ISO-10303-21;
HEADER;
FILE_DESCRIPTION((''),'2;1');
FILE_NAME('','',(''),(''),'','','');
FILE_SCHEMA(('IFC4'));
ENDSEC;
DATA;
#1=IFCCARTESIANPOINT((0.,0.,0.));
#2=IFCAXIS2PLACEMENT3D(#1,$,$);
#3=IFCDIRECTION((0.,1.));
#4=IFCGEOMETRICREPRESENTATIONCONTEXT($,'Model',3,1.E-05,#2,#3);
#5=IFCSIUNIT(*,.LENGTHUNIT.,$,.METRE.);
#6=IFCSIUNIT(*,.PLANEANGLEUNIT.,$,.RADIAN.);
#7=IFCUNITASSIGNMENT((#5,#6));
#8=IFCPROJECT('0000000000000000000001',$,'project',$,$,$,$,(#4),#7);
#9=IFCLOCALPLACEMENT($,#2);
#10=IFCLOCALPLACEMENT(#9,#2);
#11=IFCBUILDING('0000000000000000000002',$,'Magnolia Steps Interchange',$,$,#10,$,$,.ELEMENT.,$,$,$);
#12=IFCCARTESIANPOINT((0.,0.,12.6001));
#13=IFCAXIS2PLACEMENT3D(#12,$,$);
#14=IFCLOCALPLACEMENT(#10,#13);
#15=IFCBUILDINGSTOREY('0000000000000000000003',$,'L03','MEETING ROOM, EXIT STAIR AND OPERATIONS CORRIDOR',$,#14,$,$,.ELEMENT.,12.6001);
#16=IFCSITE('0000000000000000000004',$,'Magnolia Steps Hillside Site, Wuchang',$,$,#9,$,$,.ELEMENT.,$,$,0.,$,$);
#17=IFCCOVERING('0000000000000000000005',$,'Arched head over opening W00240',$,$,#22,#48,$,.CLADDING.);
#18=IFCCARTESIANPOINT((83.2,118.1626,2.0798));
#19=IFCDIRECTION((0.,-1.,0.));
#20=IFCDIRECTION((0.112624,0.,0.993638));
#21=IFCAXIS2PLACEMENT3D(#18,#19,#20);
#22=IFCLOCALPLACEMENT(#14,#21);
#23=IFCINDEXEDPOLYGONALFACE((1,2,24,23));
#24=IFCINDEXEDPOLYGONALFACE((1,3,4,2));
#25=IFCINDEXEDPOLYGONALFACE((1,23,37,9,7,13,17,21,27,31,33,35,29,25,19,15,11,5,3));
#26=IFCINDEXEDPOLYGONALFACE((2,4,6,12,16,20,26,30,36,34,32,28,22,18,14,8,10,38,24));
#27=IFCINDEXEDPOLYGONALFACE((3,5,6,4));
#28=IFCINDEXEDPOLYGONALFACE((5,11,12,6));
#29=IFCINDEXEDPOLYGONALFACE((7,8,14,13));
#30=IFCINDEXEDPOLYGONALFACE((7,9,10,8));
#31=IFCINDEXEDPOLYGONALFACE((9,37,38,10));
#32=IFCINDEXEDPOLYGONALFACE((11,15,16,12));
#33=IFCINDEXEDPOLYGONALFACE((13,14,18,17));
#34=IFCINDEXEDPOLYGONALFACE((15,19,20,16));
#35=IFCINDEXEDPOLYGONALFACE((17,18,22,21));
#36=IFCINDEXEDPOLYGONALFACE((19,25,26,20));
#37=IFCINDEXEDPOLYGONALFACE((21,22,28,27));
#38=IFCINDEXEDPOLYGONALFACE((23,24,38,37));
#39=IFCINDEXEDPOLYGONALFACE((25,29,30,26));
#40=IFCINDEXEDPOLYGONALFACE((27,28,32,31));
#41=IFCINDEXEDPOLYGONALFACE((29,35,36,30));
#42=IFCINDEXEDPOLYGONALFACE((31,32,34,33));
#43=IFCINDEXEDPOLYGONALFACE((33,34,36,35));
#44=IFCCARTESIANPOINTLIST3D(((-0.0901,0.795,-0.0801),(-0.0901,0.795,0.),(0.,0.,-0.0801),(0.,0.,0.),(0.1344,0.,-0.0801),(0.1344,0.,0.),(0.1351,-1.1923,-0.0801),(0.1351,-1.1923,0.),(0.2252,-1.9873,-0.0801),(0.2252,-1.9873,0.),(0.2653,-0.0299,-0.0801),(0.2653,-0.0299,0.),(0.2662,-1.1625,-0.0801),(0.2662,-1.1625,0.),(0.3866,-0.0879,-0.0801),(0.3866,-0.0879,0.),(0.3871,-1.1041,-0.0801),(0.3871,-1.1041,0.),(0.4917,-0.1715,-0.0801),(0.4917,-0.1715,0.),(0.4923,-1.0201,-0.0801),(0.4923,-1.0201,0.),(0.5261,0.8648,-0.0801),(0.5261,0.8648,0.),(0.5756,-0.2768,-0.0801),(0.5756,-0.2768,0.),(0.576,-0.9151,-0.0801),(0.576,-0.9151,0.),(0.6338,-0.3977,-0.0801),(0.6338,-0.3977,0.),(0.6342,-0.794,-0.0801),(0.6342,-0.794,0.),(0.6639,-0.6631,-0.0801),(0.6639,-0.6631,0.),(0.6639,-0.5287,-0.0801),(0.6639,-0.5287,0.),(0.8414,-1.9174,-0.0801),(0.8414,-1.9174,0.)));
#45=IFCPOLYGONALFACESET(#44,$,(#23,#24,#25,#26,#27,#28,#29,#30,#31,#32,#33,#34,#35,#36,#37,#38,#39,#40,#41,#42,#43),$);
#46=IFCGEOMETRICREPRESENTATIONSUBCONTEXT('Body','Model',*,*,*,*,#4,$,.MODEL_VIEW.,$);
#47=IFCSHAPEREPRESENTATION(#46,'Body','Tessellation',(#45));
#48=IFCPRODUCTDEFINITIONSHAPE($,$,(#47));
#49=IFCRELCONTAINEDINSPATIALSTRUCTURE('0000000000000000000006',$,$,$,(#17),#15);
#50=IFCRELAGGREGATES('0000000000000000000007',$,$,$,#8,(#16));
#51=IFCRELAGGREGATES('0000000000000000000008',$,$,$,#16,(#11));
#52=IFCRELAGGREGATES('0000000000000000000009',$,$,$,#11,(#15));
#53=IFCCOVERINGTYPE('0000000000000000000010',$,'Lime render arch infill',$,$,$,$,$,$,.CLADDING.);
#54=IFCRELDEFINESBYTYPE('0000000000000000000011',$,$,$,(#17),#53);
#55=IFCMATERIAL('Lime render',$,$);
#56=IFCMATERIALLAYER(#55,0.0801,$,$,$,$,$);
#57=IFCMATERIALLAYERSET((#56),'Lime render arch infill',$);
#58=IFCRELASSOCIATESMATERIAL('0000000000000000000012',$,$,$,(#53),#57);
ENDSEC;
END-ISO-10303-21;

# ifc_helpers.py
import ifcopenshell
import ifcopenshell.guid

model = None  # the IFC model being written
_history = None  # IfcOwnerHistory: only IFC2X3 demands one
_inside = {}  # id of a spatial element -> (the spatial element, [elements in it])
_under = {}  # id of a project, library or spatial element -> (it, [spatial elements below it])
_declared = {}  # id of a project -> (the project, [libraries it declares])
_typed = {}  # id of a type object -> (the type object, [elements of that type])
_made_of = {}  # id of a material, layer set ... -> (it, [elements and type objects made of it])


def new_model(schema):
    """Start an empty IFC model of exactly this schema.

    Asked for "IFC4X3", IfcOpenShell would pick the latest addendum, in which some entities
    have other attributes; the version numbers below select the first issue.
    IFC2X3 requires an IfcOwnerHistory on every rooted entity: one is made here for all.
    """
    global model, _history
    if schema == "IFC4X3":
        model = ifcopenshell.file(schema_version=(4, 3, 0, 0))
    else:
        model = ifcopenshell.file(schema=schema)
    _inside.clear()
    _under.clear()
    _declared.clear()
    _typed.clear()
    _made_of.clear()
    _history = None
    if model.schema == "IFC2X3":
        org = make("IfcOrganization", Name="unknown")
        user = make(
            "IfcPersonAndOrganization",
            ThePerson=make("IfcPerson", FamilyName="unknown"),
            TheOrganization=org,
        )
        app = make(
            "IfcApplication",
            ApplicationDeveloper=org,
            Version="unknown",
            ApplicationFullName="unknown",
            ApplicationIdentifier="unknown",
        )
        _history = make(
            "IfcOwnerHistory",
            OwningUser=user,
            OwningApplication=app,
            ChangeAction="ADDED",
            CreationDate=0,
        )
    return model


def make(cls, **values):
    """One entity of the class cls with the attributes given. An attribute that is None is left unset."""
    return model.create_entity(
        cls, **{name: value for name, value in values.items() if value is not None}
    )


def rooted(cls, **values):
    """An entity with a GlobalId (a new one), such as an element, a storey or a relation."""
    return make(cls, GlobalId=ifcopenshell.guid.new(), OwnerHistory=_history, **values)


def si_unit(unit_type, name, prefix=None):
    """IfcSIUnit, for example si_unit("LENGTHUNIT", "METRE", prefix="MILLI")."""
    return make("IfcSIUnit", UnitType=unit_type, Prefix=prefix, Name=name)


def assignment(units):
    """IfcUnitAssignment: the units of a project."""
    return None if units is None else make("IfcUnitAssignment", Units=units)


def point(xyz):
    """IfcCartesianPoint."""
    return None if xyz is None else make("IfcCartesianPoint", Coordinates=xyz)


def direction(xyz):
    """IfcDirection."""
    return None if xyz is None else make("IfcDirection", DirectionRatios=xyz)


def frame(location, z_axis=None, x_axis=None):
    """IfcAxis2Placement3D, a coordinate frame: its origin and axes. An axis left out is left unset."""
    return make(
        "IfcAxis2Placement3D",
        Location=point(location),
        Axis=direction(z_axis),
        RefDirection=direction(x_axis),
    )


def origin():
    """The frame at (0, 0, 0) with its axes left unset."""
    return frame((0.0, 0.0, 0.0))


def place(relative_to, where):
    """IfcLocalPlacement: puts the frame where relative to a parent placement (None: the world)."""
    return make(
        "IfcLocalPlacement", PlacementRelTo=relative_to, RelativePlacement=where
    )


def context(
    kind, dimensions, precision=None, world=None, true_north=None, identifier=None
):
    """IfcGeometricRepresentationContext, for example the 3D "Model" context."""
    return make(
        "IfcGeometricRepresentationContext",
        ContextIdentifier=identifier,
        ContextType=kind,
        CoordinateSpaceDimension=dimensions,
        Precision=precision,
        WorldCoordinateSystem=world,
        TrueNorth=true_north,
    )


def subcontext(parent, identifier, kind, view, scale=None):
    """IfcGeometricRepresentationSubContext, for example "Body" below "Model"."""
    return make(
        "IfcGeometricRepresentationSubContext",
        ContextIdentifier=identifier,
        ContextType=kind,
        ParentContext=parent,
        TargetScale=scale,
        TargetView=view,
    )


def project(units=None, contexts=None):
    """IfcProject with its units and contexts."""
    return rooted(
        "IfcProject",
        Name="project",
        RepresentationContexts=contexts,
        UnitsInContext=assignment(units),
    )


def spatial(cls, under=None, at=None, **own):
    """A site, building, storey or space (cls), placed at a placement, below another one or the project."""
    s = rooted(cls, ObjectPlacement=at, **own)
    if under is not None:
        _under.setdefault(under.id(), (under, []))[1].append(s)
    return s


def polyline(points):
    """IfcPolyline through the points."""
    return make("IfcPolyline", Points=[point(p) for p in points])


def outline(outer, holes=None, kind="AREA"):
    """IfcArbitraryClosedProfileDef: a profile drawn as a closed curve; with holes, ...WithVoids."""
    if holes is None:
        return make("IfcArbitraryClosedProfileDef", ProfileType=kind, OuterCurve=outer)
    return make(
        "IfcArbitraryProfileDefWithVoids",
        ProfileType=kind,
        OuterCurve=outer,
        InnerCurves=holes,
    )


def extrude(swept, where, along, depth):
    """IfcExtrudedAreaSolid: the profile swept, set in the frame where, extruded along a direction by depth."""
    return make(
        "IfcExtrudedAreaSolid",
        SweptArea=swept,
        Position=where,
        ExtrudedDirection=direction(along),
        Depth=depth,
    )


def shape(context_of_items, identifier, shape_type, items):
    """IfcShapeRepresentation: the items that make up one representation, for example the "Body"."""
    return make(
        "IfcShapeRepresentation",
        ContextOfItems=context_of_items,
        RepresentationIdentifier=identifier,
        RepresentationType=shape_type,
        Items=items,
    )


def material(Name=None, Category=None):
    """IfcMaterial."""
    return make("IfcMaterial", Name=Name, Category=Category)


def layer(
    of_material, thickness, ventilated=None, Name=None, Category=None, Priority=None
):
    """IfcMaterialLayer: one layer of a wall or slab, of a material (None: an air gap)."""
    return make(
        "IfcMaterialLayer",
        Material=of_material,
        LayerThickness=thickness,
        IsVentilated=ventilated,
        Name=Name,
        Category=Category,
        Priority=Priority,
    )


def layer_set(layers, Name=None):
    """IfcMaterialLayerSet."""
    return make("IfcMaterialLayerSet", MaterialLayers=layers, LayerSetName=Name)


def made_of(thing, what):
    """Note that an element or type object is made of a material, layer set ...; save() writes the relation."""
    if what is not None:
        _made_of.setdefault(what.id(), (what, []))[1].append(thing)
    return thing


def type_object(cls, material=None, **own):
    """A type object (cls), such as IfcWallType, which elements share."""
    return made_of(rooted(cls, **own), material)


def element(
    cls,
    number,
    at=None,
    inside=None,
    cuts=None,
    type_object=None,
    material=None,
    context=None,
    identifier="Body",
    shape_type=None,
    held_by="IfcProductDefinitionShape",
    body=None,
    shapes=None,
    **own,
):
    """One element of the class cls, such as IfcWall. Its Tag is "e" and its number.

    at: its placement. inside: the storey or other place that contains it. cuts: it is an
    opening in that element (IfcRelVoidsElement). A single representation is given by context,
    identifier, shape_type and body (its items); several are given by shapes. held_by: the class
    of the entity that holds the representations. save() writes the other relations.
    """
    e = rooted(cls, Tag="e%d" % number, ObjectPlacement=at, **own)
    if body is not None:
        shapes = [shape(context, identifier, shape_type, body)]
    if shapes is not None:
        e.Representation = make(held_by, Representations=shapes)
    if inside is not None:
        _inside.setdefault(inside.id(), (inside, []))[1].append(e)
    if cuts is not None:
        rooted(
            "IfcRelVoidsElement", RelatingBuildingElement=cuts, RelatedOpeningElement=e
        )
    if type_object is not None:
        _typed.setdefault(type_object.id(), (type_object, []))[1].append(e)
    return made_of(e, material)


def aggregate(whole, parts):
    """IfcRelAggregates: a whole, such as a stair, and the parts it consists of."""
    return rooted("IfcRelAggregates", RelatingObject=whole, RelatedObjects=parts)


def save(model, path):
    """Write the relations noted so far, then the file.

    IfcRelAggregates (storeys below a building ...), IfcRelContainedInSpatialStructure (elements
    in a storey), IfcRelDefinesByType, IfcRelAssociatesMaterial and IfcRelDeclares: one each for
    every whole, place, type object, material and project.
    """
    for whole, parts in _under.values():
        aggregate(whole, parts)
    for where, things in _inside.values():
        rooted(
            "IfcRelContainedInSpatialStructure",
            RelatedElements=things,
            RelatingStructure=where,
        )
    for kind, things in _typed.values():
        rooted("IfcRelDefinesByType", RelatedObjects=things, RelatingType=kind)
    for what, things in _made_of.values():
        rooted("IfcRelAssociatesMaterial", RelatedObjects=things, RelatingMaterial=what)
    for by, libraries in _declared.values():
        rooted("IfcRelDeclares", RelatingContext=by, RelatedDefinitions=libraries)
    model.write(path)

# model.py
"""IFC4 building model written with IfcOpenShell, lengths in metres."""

from ifc_helpers import new_model, si_unit, direction, frame, origin, place, context, subcontext, project, spatial, polyline, outline, extrude, material, layer, layer_set, type_object, element, save


model = new_model("IFC4")

# Units and contexts
model_context = context("Model", 3, precision=1e-05, world=origin(), true_north=direction((0.0, 1.0)))
body_context = subcontext(model_context, "Body", "Model", "MODEL_VIEW")
ifc_project = project(units=[si_unit("LENGTHUNIT", "METRE"), si_unit("PLANEANGLEUNIT", "RADIAN")], contexts=[model_context])

# Site, building, storey
site_placement = place(None, origin())
site = spatial("IfcSite", under=ifc_project, at=site_placement, Name="Magnolia Steps Hillside Site, Wuchang", CompositionType="ELEMENT", RefElevation=0.0)
building_placement = place(site_placement, origin())
building = spatial("IfcBuilding", under=site, at=building_placement, Name="Magnolia Steps Interchange", CompositionType="ELEMENT")
storey_placement = place(building_placement, frame((0.0, 0.0, 12.6001)))
storey = spatial("IfcBuildingStorey", under=building, at=storey_placement, Name="L03", Description="MEETING ROOM, EXIT STAIR AND OPERATIONS CORRIDOR", CompositionType="ELEMENT", Elevation=12.6001)

# Covering
ifc_material_1 = material(Name="Lime render")
ifc_layer_1 = layer(ifc_material_1, 0.0801)
ifc_layer_set_1 = layer_set([ifc_layer_1], Name="Lime render arch infill")
covering_type_1 = type_object("IfcCoveringType", Name="Lime render arch infill", PredefinedType="CLADDING", material=ifc_layer_set_1)
covering_1_placement = place(storey_placement, frame((83.2, 118.1626, 2.0798), z_axis=(0.0, -1.0, 0.0), x_axis=(0.112624, 0.0, 0.993638)))
element("IfcCovering", 1, at=covering_1_placement, inside=storey, type_object=covering_type_1, Name="Arched head over opening W00240", PredefinedType="CLADDING", context=body_context, shape_type="SweptSolid", body=[
    extrude(outline(polyline([(0.0, 0.0), (0.1344, 0.0), (0.2653, -0.0299), (0.3866, -0.0879), (0.4917, -0.1715), (0.5756, -0.2768), (0.6338, -0.3977), (0.6639, -0.5287), (0.6639, -0.6631), (0.6342, -0.794), (0.576, -0.9151), (0.4923, -1.0201), (0.3871, -1.1041), (0.2662, -1.1625), (0.1351, -1.1923), (0.2252, -1.9873), (0.8414, -1.9174), (0.5261, 0.8648), (-0.0901, 0.795), (0.0, 0.0)])), origin(), (0.0, 0.0, -1.0), 0.0801),
])

save(model, "model.ifc")
